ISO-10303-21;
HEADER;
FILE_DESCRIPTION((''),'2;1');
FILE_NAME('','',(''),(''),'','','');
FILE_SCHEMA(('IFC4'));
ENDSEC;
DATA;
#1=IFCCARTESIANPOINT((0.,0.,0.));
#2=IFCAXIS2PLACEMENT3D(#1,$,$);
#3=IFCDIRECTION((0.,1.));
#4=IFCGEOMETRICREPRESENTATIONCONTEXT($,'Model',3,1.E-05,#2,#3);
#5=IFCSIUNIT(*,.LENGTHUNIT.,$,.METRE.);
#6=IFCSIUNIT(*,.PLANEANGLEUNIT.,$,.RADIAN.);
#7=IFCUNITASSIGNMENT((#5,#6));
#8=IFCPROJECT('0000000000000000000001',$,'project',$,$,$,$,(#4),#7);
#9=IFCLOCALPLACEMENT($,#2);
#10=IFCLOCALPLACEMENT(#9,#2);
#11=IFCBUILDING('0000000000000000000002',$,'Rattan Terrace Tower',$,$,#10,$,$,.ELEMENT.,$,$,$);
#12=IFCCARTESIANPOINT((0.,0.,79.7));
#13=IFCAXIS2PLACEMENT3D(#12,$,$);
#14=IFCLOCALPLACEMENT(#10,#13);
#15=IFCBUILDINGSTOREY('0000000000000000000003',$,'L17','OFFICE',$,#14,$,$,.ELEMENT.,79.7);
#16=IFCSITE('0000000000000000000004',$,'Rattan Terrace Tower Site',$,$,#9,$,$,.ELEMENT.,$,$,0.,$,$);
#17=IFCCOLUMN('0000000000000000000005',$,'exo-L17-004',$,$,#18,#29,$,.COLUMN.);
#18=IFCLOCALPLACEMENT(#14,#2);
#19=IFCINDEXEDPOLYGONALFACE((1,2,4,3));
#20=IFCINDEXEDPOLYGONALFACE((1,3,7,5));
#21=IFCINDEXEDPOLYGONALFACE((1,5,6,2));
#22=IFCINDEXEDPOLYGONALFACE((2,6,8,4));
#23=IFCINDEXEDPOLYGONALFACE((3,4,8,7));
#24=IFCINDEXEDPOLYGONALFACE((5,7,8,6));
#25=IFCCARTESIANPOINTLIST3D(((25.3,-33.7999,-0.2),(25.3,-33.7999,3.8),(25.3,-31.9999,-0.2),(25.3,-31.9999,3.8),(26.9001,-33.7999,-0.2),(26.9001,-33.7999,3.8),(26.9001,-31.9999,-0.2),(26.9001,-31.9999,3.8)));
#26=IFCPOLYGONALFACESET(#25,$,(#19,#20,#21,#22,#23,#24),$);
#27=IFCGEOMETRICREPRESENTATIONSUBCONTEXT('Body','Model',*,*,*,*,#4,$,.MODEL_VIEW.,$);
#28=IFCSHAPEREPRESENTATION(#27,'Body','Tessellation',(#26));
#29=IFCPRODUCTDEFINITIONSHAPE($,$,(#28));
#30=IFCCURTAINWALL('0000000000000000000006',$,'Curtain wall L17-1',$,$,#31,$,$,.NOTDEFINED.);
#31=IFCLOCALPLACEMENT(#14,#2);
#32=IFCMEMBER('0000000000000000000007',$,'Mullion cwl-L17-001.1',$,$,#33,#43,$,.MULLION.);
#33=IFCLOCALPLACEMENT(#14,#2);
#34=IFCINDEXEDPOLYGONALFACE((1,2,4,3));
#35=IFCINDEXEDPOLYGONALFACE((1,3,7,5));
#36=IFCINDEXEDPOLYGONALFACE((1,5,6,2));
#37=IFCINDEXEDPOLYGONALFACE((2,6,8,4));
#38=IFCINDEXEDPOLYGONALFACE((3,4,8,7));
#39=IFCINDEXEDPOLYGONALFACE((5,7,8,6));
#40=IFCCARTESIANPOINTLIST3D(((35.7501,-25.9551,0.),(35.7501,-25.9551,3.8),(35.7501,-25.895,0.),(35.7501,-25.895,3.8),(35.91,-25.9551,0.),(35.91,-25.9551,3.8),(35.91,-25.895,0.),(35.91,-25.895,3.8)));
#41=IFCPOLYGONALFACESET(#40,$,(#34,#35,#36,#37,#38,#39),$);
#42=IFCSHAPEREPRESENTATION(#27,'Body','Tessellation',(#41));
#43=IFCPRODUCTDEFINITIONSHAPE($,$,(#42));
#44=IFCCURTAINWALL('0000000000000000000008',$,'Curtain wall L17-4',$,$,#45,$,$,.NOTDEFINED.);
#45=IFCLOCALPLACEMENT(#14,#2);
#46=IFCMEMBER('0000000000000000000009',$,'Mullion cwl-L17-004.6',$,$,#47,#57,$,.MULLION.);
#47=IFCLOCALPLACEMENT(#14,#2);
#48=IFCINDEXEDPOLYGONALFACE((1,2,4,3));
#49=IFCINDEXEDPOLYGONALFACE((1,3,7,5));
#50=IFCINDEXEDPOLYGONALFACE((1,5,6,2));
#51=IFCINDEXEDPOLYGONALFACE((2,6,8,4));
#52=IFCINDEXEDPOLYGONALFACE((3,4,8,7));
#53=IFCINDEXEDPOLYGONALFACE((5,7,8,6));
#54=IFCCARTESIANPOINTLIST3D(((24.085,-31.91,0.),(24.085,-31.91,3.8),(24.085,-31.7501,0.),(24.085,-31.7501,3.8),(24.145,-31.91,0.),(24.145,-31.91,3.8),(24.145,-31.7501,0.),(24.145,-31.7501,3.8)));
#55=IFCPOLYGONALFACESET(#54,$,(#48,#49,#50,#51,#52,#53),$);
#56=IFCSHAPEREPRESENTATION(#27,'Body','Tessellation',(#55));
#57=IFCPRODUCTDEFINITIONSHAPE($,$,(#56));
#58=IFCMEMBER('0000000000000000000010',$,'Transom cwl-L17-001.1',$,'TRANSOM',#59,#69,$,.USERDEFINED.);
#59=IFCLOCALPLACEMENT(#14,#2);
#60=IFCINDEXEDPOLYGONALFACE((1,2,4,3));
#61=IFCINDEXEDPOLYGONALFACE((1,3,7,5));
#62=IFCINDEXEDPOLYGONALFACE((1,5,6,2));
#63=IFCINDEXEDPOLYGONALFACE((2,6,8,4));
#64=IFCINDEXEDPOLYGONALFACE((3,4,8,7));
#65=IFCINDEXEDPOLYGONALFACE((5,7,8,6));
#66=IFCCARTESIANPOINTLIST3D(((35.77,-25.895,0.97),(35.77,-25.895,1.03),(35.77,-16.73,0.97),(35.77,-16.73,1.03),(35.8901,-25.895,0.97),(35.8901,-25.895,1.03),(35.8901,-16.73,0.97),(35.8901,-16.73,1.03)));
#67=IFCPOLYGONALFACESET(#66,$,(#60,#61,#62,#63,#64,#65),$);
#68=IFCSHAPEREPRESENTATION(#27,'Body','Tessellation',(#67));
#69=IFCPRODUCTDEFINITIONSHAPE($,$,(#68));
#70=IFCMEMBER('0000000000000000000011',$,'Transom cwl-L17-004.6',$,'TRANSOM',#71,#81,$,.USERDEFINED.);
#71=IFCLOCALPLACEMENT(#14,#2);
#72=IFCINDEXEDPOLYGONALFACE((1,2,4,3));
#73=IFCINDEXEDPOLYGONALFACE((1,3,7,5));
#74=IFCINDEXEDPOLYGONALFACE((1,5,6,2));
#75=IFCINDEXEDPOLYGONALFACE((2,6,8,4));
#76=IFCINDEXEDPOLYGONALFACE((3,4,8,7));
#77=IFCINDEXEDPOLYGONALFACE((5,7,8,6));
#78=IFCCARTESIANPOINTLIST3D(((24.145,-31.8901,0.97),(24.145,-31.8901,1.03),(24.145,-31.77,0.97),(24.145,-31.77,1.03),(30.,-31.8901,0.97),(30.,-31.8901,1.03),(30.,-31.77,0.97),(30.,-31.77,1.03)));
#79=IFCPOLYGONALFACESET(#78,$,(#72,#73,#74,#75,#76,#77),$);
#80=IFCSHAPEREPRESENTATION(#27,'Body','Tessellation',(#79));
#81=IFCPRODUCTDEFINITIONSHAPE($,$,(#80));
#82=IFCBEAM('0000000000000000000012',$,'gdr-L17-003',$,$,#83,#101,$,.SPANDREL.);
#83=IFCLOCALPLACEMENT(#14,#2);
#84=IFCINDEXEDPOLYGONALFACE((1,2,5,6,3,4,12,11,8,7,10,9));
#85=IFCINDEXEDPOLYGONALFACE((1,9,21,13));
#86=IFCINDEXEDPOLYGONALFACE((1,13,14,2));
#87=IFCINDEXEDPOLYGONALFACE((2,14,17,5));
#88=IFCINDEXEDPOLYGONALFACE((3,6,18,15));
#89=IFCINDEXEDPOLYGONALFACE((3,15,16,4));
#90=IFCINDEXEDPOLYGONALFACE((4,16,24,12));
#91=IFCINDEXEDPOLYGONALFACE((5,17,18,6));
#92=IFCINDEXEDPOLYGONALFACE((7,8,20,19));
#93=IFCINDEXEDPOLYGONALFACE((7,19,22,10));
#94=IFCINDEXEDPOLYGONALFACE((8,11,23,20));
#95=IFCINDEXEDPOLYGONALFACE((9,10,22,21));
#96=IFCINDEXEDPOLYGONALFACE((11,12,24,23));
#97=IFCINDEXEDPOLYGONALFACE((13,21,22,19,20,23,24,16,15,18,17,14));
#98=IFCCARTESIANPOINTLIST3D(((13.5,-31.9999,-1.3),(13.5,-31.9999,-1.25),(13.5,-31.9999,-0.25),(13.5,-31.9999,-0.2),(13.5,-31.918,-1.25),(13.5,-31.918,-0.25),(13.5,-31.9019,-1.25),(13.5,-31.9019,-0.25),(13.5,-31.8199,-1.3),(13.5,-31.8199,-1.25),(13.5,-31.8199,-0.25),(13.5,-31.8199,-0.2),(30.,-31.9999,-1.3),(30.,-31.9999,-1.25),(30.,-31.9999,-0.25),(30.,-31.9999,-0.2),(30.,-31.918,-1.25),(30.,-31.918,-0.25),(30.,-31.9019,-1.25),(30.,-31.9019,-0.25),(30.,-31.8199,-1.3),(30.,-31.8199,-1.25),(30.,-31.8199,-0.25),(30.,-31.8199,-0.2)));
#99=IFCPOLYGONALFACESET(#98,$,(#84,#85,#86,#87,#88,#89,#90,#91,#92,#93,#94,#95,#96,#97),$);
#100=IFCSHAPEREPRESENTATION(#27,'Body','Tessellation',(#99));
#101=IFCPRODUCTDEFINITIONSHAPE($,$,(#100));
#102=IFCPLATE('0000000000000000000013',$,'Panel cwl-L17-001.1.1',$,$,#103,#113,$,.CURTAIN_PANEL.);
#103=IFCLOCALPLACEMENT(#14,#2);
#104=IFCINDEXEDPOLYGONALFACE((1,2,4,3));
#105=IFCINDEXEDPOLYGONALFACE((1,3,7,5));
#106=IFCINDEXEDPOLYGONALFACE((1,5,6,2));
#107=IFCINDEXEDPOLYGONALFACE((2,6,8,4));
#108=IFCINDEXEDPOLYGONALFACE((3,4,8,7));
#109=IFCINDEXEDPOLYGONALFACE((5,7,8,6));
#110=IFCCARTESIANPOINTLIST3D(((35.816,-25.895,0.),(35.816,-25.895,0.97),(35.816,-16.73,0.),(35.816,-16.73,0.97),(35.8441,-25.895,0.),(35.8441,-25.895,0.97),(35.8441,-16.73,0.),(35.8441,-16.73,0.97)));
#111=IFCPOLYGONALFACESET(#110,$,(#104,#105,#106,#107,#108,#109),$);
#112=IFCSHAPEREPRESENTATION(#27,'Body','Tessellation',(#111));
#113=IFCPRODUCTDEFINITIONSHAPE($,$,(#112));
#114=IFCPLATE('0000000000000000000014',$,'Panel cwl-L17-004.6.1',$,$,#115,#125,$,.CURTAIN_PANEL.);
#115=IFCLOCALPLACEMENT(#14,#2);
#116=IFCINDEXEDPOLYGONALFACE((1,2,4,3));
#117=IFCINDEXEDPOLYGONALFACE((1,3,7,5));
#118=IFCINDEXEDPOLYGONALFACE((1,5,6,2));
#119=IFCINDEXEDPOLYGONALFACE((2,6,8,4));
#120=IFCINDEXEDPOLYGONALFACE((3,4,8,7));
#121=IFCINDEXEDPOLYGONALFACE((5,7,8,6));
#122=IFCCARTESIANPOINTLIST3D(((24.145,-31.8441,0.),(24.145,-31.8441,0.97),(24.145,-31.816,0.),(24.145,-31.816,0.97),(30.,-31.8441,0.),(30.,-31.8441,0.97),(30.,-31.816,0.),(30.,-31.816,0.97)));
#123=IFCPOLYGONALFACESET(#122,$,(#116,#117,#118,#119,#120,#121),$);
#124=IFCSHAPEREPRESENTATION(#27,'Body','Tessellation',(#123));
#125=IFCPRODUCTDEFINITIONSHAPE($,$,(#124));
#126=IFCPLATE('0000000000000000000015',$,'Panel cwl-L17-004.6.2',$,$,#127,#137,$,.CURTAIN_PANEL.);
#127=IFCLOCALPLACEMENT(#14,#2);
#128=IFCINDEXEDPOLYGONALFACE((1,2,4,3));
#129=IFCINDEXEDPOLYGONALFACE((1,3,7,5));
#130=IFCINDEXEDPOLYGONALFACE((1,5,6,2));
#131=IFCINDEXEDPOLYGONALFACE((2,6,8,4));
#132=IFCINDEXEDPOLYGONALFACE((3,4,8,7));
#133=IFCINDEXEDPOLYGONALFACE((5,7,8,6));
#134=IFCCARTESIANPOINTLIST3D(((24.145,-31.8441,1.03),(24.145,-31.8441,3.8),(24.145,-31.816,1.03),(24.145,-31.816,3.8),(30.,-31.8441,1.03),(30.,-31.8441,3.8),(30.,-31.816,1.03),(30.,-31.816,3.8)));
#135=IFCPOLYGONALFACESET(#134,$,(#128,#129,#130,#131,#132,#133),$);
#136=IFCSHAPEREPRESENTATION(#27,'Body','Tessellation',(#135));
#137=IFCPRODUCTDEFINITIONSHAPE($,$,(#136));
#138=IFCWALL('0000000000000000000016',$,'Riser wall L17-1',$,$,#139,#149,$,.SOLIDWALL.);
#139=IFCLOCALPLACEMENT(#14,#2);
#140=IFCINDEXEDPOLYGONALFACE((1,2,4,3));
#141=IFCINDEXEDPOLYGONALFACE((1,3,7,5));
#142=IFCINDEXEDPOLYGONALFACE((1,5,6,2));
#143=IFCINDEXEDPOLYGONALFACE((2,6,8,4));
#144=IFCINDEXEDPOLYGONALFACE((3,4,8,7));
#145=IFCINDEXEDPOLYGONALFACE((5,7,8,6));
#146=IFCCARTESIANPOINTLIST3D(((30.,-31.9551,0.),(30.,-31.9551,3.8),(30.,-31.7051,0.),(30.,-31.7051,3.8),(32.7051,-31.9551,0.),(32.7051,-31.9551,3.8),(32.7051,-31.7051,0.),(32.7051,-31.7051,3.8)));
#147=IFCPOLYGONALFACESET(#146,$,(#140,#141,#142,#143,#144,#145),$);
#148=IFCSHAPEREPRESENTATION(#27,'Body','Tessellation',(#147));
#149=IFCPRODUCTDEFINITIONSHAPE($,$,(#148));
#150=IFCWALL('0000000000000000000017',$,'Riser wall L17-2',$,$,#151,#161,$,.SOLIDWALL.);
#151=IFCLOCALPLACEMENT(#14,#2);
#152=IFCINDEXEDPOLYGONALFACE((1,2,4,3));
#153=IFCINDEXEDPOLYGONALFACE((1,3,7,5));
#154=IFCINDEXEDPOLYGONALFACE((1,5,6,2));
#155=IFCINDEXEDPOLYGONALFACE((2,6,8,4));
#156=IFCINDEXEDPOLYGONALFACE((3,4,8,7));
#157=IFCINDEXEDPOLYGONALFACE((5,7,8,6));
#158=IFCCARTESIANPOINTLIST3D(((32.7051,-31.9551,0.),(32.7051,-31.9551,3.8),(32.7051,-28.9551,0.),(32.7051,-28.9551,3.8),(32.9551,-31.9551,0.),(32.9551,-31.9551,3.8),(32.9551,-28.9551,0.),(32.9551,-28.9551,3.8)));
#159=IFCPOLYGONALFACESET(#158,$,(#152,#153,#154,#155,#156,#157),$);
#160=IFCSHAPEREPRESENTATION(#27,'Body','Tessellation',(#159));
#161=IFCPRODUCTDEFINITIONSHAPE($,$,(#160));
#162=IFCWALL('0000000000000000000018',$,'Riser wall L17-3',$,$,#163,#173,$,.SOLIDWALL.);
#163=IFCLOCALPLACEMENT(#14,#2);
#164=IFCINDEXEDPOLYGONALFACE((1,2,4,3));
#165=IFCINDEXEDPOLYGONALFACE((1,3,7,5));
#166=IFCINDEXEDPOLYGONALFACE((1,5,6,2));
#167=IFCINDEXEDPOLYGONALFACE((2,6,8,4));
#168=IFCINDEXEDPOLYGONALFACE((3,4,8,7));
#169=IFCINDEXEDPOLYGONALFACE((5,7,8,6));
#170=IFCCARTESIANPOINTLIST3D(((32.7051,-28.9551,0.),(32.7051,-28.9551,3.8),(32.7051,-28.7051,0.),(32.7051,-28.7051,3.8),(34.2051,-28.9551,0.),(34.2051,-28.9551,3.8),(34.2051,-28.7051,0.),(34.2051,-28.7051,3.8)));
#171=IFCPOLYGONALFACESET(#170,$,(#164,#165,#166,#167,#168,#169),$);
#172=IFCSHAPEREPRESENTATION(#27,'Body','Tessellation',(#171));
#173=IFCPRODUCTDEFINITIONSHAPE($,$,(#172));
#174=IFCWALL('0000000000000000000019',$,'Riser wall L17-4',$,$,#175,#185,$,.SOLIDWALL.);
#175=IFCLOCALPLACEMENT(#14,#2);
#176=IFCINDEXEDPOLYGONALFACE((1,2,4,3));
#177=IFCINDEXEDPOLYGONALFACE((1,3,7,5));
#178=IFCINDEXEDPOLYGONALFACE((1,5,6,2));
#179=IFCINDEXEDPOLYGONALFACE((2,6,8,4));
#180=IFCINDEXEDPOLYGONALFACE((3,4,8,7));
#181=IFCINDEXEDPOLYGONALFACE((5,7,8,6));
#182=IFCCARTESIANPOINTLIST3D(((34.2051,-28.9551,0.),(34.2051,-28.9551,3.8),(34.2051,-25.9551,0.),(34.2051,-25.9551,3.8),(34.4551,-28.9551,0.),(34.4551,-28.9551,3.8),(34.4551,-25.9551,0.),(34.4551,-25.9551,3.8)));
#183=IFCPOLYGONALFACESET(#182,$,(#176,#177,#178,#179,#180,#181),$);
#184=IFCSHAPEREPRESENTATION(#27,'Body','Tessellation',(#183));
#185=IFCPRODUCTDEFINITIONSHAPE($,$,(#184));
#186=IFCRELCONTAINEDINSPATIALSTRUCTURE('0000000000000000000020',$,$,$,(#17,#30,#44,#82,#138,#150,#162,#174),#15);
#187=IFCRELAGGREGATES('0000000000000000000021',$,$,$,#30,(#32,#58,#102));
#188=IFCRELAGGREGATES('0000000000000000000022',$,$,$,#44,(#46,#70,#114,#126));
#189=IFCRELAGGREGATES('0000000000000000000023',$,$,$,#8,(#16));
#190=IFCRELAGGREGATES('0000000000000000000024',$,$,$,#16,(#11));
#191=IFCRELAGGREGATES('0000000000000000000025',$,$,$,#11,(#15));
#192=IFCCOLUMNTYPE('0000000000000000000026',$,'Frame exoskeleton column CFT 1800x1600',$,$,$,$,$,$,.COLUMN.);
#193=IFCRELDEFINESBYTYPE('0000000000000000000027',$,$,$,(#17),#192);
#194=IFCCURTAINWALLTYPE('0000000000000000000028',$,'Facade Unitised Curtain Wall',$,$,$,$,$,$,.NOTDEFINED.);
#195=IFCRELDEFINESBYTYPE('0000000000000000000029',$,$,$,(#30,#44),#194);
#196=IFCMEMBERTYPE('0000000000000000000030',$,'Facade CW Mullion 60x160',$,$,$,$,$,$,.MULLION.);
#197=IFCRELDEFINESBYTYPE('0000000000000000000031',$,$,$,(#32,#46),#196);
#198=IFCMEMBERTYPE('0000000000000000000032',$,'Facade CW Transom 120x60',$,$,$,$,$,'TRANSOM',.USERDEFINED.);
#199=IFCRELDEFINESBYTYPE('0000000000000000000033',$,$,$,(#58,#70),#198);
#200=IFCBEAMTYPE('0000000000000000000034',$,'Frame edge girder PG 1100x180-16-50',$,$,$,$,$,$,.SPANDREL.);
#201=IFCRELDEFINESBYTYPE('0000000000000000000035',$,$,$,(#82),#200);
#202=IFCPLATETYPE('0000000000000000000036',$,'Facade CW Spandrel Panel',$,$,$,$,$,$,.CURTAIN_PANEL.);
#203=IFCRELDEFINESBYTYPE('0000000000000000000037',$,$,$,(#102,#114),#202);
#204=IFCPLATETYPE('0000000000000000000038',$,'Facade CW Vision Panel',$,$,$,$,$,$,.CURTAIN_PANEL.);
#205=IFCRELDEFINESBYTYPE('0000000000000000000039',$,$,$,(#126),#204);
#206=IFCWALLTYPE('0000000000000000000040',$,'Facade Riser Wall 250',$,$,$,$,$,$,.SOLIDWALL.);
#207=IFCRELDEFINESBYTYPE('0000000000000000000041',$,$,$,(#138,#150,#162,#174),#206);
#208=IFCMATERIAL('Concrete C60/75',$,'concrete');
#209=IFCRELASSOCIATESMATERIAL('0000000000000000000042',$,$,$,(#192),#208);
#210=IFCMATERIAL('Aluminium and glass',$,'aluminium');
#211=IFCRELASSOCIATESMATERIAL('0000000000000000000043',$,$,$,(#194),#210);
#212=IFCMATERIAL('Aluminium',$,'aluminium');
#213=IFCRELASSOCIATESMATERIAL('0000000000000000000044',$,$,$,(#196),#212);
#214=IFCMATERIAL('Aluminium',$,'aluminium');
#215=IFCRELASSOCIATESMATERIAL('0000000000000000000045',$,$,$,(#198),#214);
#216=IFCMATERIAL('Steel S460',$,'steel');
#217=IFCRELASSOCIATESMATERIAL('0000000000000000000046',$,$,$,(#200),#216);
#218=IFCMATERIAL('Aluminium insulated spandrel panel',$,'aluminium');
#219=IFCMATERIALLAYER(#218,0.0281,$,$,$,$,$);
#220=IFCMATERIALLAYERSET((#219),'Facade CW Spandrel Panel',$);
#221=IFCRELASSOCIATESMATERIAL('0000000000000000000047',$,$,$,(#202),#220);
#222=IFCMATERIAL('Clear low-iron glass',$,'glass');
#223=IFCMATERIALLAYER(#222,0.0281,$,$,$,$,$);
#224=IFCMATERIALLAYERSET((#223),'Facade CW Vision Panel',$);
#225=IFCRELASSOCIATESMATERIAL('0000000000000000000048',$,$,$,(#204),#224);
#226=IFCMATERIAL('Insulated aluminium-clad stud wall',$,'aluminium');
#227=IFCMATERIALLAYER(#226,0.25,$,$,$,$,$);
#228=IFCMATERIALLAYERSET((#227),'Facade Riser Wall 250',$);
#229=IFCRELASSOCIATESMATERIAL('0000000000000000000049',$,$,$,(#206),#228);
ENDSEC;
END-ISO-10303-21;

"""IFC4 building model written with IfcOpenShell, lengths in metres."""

from ifc_helpers import new_model, si_unit, direction, frame, frame_2d, origin, origin_2d, place, context, subcontext, project, spatial, rectangle, i_section, extrude, material, layer, layer_set, material_profile, profile_set, type_object, element, aggregate, save


model = new_model("IFC4")

# Units and contexts
model_context = context("Model", 3, precision=1e-05, world=origin(), true_north=direction((0.0, 1.0)))
body_context = subcontext(model_context, "Body", "Model", "MODEL_VIEW")
ifc_project = project(units=[si_unit("LENGTHUNIT", "METRE"), si_unit("PLANEANGLEUNIT", "RADIAN")], contexts=[model_context])

# Site, building, storey
site_placement = place(None, origin())
site = spatial("IfcSite", under=ifc_project, at=site_placement, Name="Rattan Terrace Tower Site", CompositionType="ELEMENT", RefElevation=0.0)
building_placement = place(site_placement, origin())
building = spatial("IfcBuilding", under=site, at=building_placement, Name="Rattan Terrace Tower", CompositionType="ELEMENT")
storey_placement = place(building_placement, frame((0.0, 0.0, 79.7)))
storey = spatial("IfcBuildingStorey", under=building, at=storey_placement, Name="L17", Description="OFFICE", CompositionType="ELEMENT", Elevation=79.7)

# Column
ifc_material_1 = material(Name="Concrete C60/75", Category="concrete")
ifc_material_profile_1 = material_profile(ifc_material_1, rectangle(XDim=1.6001, YDim=1.8, at=origin_2d()), Name="CFT 1800x1600")
ifc_profile_set_1 = profile_set([ifc_material_profile_1], Name="Concrete C60/75")
column_type = type_object("IfcColumnType", Name="Frame exoskeleton column CFT 1800x1600", PredefinedType="COLUMN", material=ifc_profile_set_1)
column_placement = place(storey_placement, frame((26.1001, -32.8999, -0.2), z_axis=(0.0, 0.0, 1.0), x_axis=(1.0, 0.0, 0.0)))
element("IfcColumn", 1, at=column_placement, inside=storey, type_object=column_type, Name="exo-L17-004", PredefinedType="COLUMN", context=body_context, shape_type="SweptSolid", body=[
    extrude(rectangle(XDim=1.6001, YDim=1.8, at=origin_2d()), origin(), (0.0, 0.0, 1.0), 4.0),
])

# Curtain walls, members
ifc_material_2 = material(Name="Aluminium and glass", Category="aluminium")
curtain_wall_type = type_object("IfcCurtainWallType", Name="Facade Unitised Curtain Wall", PredefinedType="NOTDEFINED", material=ifc_material_2)
curtain_wall_1_placement = place(storey_placement, origin())
curtain_wall_1 = element("IfcCurtainWall", 2, at=curtain_wall_1_placement, inside=storey, type_object=curtain_wall_type, Name="Curtain wall L17-1", PredefinedType="NOTDEFINED")
ifc_material_3 = material(Name="Aluminium", Category="aluminium")
ifc_material_profile_2 = material_profile(ifc_material_3, rectangle(XDim=0.0601, YDim=0.1599, at=origin_2d()), Name="Aluminium 60x160")
ifc_profile_set_2 = profile_set([ifc_material_profile_2], Name="Aluminium")
member_type_1 = type_object("IfcMemberType", Name="Facade CW Mullion 60x160", PredefinedType="MULLION", material=ifc_profile_set_2)
member_1_placement = place(storey_placement, frame((35.8301, -25.925, 0.0), z_axis=(0.0, 0.0, 1.0), x_axis=(0.0, 1.0, 0.0)))
member_1 = element("IfcMember", 3, at=member_1_placement, type_object=member_type_1, Name="Mullion cwl-L17-001.1", PredefinedType="MULLION", context=body_context, shape_type="SweptSolid", body=[
    extrude(rectangle(XDim=0.0601, YDim=0.1599, at=origin_2d()), origin(), (0.0, 0.0, 1.0), 3.8),
])
curtain_wall_2_placement = place(storey_placement, origin())
curtain_wall_2 = element("IfcCurtainWall", 4, at=curtain_wall_2_placement, inside=storey, type_object=curtain_wall_type, Name="Curtain wall L17-4", PredefinedType="NOTDEFINED")
member_2_placement = place(storey_placement, frame((24.115, -31.8301, 0.0), z_axis=(0.0, 0.0, 1.0), x_axis=(1.0, 0.0, 0.0)))
member_2 = element("IfcMember", 5, at=member_2_placement, type_object=member_type_1, Name="Mullion cwl-L17-004.6", PredefinedType="MULLION", context=body_context, shape_type="SweptSolid", body=[
    extrude(rectangle(XDim=0.0601, YDim=0.1599, at=origin_2d()), origin(), (0.0, 0.0, 1.0), 3.8),
])

# Members
ifc_material_4 = material(Name="Aluminium", Category="aluminium")
ifc_material_profile_3 = material_profile(ifc_material_4, rectangle(XDim=0.1201, YDim=0.0601, at=origin_2d()), Name="Aluminium 120x60")
ifc_profile_set_3 = profile_set([ifc_material_profile_3], Name="Aluminium")
member_type_2 = type_object("IfcMemberType", Name="Facade CW Transom 120x60", ElementType="TRANSOM", PredefinedType="USERDEFINED", material=ifc_profile_set_3)
member_3_placement = place(storey_placement, frame((35.8301, -25.895, 1.0), z_axis=(0.0, 1.0, 0.0), x_axis=(-1.0, 0.0, 0.0)))
member_3 = element("IfcMember", 6, at=member_3_placement, type_object=member_type_2, Name="Transom cwl-L17-001.1", ObjectType="TRANSOM", PredefinedType="USERDEFINED", context=body_context, shape_type="SweptSolid", body=[
    extrude(rectangle(XDim=0.1201, YDim=0.0601, at=origin_2d()), origin(), (0.0, 0.0, 1.0), 9.165),
])
member_4_placement = place(storey_placement, frame((24.145, -31.8301, 1.0), z_axis=(1.0, 0.0, 0.0), x_axis=(0.0, 1.0, 0.0)))
member_4 = element("IfcMember", 7, at=member_4_placement, type_object=member_type_2, Name="Transom cwl-L17-004.6", ObjectType="TRANSOM", PredefinedType="USERDEFINED", context=body_context, shape_type="SweptSolid", body=[
    extrude(rectangle(XDim=0.1201, YDim=0.0601, at=origin_2d()), origin(), (0.0, 0.0, 1.0), 5.855),
])

# Beam
ifc_material_5 = material(Name="Steel S460", Category="steel")
ifc_material_profile_4 = material_profile(ifc_material_5, i_section(OverallWidth=0.1799, OverallDepth=1.1001, WebThickness=0.0161, FlangeThickness=0.05, at=origin_2d()), Name="PG 1100x180-16-50")
ifc_profile_set_4 = profile_set([ifc_material_profile_4], Name="Steel S460")
beam_type = type_object("IfcBeamType", Name="Frame edge girder PG 1100x180-16-50", PredefinedType="SPANDREL", material=ifc_profile_set_4)
beam_placement = place(storey_placement, frame((30.0, -31.9099, -0.75), z_axis=(-1.0, 0.0, 0.0), x_axis=(0.0, -1.0, 0.0)))
element("IfcBeam", 8, at=beam_placement, inside=storey, type_object=beam_type, Name="gdr-L17-003", PredefinedType="SPANDREL", context=body_context, shape_type="SweptSolid", body=[
    extrude(i_section(OverallWidth=0.1799, OverallDepth=1.1001, WebThickness=0.0161, FlangeThickness=0.05, at=origin_2d()), origin(), (0.0, 0.0, 1.0), 16.5),
])

# Plates
ifc_material_6 = material(Name="Aluminium insulated spandrel panel", Category="aluminium")
ifc_layer_1 = layer(ifc_material_6, 0.0281)
ifc_layer_set_1 = layer_set([ifc_layer_1], Name="Facade CW Spandrel Panel")
plate_type_1 = type_object("IfcPlateType", Name="Facade CW Spandrel Panel", PredefinedType="CURTAIN_PANEL", material=ifc_layer_set_1)
plate_1_placement = place(storey_placement, frame((35.8301, -21.3125, 0.0), z_axis=(0.0, 0.0, 1.0), x_axis=(0.0, 1.0, 0.0)))
plate_1 = element("IfcPlate", 9, at=plate_1_placement, type_object=plate_type_1, Name="Panel cwl-L17-001.1.1", PredefinedType="CURTAIN_PANEL", context=body_context, shape_type="SweptSolid", body=[
    extrude(rectangle(XDim=9.165, YDim=0.0281, at=origin_2d()), origin(), (0.0, 0.0, 1.0), 0.97),
])
aggregate(curtain_wall_1, [member_1, member_3, plate_1])
plate_2_placement = place(storey_placement, frame((27.0725, -31.8301, 0.0), z_axis=(0.0, 0.0, 1.0), x_axis=(1.0, 0.0, 0.0)))
plate_2 = element("IfcPlate", 10, at=plate_2_placement, type_object=plate_type_1, Name="Panel cwl-L17-004.6.1", PredefinedType="CURTAIN_PANEL", context=body_context, shape_type="SweptSolid", body=[
    extrude(rectangle(XDim=5.855, YDim=0.0281, at=origin_2d()), origin(), (0.0, 0.0, 1.0), 0.97),
])
ifc_material_7 = material(Name="Clear low-iron glass", Category="glass")
ifc_layer_2 = layer(ifc_material_7, 0.0281)
ifc_layer_set_2 = layer_set([ifc_layer_2], Name="Facade CW Vision Panel")
plate_type_2 = type_object("IfcPlateType", Name="Facade CW Vision Panel", PredefinedType="CURTAIN_PANEL", material=ifc_layer_set_2)
plate_3_placement = place(storey_placement, frame((27.0725, -31.8301, 1.03), z_axis=(0.0, 0.0, 1.0), x_axis=(1.0, 0.0, 0.0)))
plate_3 = element("IfcPlate", 11, at=plate_3_placement, type_object=plate_type_2, Name="Panel cwl-L17-004.6.2", PredefinedType="CURTAIN_PANEL", context=body_context, shape_type="SweptSolid", body=[
    extrude(rectangle(XDim=5.855, YDim=0.0281, at=origin_2d()), origin(), (0.0, 0.0, 1.0), 2.77),
])
aggregate(curtain_wall_2, [member_2, member_4, plate_2, plate_3])

# Walls
ifc_material_8 = material(Name="Insulated aluminium-clad stud wall", Category="aluminium")
ifc_layer_3 = layer(ifc_material_8, 0.25)
ifc_layer_set_3 = layer_set([ifc_layer_3], Name="Facade Riser Wall 250")
wall_type = type_object("IfcWallType", Name="Facade Riser Wall 250", PredefinedType="SOLIDWALL", material=ifc_layer_set_3)
wall_1_placement = place(storey_placement, frame((30.0, -31.8301, 0.0), z_axis=(0.0, 0.0, 1.0), x_axis=(1.0, 0.0, 0.0)))
element("IfcWall", 12, at=wall_1_placement, inside=storey, type_object=wall_type, Name="Riser wall L17-1", PredefinedType="SOLIDWALL", context=body_context, shape_type="SweptSolid", body=[
    extrude(rectangle(XDim=2.7051, YDim=0.25, at=frame_2d((1.3525, 0.0))), origin(), (0.0, 0.0, 1.0), 3.8),
])
wall_2_placement = place(storey_placement, frame((32.8301, -31.9551, 0.0), z_axis=(0.0, 0.0, 1.0), x_axis=(0.0, 1.0, 0.0)))
element("IfcWall", 13, at=wall_2_placement, inside=storey, type_object=wall_type, Name="Riser wall L17-2", PredefinedType="SOLIDWALL", context=body_context, shape_type="SweptSolid", body=[
    extrude(rectangle(XDim=3.0, YDim=0.25, at=frame_2d((1.5, 0.0))), origin(), (0.0, 0.0, 1.0), 3.8),
])
wall_3_placement = place(storey_placement, frame((32.7051, -28.8301, 0.0), z_axis=(0.0, 0.0, 1.0), x_axis=(1.0, 0.0, 0.0)))
element("IfcWall", 14, at=wall_3_placement, inside=storey, type_object=wall_type, Name="Riser wall L17-3", PredefinedType="SOLIDWALL", context=body_context, shape_type="SweptSolid", body=[
    extrude(rectangle(XDim=1.5, YDim=0.25, at=frame_2d((0.75, 0.0))), origin(), (0.0, 0.0, 1.0), 3.8),
])
wall_4_placement = place(storey_placement, frame((34.3301, -28.9551, 0.0), z_axis=(0.0, 0.0, 1.0), x_axis=(0.0, 1.0, 0.0)))
element("IfcWall", 15, at=wall_4_placement, inside=storey, type_object=wall_type, Name="Riser wall L17-4", PredefinedType="SOLIDWALL", context=body_context, shape_type="SweptSolid", body=[
    extrude(rectangle(XDim=3.0, YDim=0.25, at=frame_2d((1.5, 0.0))), origin(), (0.0, 0.0, 1.0), 3.8),
])

save(model, "model.ifc")
